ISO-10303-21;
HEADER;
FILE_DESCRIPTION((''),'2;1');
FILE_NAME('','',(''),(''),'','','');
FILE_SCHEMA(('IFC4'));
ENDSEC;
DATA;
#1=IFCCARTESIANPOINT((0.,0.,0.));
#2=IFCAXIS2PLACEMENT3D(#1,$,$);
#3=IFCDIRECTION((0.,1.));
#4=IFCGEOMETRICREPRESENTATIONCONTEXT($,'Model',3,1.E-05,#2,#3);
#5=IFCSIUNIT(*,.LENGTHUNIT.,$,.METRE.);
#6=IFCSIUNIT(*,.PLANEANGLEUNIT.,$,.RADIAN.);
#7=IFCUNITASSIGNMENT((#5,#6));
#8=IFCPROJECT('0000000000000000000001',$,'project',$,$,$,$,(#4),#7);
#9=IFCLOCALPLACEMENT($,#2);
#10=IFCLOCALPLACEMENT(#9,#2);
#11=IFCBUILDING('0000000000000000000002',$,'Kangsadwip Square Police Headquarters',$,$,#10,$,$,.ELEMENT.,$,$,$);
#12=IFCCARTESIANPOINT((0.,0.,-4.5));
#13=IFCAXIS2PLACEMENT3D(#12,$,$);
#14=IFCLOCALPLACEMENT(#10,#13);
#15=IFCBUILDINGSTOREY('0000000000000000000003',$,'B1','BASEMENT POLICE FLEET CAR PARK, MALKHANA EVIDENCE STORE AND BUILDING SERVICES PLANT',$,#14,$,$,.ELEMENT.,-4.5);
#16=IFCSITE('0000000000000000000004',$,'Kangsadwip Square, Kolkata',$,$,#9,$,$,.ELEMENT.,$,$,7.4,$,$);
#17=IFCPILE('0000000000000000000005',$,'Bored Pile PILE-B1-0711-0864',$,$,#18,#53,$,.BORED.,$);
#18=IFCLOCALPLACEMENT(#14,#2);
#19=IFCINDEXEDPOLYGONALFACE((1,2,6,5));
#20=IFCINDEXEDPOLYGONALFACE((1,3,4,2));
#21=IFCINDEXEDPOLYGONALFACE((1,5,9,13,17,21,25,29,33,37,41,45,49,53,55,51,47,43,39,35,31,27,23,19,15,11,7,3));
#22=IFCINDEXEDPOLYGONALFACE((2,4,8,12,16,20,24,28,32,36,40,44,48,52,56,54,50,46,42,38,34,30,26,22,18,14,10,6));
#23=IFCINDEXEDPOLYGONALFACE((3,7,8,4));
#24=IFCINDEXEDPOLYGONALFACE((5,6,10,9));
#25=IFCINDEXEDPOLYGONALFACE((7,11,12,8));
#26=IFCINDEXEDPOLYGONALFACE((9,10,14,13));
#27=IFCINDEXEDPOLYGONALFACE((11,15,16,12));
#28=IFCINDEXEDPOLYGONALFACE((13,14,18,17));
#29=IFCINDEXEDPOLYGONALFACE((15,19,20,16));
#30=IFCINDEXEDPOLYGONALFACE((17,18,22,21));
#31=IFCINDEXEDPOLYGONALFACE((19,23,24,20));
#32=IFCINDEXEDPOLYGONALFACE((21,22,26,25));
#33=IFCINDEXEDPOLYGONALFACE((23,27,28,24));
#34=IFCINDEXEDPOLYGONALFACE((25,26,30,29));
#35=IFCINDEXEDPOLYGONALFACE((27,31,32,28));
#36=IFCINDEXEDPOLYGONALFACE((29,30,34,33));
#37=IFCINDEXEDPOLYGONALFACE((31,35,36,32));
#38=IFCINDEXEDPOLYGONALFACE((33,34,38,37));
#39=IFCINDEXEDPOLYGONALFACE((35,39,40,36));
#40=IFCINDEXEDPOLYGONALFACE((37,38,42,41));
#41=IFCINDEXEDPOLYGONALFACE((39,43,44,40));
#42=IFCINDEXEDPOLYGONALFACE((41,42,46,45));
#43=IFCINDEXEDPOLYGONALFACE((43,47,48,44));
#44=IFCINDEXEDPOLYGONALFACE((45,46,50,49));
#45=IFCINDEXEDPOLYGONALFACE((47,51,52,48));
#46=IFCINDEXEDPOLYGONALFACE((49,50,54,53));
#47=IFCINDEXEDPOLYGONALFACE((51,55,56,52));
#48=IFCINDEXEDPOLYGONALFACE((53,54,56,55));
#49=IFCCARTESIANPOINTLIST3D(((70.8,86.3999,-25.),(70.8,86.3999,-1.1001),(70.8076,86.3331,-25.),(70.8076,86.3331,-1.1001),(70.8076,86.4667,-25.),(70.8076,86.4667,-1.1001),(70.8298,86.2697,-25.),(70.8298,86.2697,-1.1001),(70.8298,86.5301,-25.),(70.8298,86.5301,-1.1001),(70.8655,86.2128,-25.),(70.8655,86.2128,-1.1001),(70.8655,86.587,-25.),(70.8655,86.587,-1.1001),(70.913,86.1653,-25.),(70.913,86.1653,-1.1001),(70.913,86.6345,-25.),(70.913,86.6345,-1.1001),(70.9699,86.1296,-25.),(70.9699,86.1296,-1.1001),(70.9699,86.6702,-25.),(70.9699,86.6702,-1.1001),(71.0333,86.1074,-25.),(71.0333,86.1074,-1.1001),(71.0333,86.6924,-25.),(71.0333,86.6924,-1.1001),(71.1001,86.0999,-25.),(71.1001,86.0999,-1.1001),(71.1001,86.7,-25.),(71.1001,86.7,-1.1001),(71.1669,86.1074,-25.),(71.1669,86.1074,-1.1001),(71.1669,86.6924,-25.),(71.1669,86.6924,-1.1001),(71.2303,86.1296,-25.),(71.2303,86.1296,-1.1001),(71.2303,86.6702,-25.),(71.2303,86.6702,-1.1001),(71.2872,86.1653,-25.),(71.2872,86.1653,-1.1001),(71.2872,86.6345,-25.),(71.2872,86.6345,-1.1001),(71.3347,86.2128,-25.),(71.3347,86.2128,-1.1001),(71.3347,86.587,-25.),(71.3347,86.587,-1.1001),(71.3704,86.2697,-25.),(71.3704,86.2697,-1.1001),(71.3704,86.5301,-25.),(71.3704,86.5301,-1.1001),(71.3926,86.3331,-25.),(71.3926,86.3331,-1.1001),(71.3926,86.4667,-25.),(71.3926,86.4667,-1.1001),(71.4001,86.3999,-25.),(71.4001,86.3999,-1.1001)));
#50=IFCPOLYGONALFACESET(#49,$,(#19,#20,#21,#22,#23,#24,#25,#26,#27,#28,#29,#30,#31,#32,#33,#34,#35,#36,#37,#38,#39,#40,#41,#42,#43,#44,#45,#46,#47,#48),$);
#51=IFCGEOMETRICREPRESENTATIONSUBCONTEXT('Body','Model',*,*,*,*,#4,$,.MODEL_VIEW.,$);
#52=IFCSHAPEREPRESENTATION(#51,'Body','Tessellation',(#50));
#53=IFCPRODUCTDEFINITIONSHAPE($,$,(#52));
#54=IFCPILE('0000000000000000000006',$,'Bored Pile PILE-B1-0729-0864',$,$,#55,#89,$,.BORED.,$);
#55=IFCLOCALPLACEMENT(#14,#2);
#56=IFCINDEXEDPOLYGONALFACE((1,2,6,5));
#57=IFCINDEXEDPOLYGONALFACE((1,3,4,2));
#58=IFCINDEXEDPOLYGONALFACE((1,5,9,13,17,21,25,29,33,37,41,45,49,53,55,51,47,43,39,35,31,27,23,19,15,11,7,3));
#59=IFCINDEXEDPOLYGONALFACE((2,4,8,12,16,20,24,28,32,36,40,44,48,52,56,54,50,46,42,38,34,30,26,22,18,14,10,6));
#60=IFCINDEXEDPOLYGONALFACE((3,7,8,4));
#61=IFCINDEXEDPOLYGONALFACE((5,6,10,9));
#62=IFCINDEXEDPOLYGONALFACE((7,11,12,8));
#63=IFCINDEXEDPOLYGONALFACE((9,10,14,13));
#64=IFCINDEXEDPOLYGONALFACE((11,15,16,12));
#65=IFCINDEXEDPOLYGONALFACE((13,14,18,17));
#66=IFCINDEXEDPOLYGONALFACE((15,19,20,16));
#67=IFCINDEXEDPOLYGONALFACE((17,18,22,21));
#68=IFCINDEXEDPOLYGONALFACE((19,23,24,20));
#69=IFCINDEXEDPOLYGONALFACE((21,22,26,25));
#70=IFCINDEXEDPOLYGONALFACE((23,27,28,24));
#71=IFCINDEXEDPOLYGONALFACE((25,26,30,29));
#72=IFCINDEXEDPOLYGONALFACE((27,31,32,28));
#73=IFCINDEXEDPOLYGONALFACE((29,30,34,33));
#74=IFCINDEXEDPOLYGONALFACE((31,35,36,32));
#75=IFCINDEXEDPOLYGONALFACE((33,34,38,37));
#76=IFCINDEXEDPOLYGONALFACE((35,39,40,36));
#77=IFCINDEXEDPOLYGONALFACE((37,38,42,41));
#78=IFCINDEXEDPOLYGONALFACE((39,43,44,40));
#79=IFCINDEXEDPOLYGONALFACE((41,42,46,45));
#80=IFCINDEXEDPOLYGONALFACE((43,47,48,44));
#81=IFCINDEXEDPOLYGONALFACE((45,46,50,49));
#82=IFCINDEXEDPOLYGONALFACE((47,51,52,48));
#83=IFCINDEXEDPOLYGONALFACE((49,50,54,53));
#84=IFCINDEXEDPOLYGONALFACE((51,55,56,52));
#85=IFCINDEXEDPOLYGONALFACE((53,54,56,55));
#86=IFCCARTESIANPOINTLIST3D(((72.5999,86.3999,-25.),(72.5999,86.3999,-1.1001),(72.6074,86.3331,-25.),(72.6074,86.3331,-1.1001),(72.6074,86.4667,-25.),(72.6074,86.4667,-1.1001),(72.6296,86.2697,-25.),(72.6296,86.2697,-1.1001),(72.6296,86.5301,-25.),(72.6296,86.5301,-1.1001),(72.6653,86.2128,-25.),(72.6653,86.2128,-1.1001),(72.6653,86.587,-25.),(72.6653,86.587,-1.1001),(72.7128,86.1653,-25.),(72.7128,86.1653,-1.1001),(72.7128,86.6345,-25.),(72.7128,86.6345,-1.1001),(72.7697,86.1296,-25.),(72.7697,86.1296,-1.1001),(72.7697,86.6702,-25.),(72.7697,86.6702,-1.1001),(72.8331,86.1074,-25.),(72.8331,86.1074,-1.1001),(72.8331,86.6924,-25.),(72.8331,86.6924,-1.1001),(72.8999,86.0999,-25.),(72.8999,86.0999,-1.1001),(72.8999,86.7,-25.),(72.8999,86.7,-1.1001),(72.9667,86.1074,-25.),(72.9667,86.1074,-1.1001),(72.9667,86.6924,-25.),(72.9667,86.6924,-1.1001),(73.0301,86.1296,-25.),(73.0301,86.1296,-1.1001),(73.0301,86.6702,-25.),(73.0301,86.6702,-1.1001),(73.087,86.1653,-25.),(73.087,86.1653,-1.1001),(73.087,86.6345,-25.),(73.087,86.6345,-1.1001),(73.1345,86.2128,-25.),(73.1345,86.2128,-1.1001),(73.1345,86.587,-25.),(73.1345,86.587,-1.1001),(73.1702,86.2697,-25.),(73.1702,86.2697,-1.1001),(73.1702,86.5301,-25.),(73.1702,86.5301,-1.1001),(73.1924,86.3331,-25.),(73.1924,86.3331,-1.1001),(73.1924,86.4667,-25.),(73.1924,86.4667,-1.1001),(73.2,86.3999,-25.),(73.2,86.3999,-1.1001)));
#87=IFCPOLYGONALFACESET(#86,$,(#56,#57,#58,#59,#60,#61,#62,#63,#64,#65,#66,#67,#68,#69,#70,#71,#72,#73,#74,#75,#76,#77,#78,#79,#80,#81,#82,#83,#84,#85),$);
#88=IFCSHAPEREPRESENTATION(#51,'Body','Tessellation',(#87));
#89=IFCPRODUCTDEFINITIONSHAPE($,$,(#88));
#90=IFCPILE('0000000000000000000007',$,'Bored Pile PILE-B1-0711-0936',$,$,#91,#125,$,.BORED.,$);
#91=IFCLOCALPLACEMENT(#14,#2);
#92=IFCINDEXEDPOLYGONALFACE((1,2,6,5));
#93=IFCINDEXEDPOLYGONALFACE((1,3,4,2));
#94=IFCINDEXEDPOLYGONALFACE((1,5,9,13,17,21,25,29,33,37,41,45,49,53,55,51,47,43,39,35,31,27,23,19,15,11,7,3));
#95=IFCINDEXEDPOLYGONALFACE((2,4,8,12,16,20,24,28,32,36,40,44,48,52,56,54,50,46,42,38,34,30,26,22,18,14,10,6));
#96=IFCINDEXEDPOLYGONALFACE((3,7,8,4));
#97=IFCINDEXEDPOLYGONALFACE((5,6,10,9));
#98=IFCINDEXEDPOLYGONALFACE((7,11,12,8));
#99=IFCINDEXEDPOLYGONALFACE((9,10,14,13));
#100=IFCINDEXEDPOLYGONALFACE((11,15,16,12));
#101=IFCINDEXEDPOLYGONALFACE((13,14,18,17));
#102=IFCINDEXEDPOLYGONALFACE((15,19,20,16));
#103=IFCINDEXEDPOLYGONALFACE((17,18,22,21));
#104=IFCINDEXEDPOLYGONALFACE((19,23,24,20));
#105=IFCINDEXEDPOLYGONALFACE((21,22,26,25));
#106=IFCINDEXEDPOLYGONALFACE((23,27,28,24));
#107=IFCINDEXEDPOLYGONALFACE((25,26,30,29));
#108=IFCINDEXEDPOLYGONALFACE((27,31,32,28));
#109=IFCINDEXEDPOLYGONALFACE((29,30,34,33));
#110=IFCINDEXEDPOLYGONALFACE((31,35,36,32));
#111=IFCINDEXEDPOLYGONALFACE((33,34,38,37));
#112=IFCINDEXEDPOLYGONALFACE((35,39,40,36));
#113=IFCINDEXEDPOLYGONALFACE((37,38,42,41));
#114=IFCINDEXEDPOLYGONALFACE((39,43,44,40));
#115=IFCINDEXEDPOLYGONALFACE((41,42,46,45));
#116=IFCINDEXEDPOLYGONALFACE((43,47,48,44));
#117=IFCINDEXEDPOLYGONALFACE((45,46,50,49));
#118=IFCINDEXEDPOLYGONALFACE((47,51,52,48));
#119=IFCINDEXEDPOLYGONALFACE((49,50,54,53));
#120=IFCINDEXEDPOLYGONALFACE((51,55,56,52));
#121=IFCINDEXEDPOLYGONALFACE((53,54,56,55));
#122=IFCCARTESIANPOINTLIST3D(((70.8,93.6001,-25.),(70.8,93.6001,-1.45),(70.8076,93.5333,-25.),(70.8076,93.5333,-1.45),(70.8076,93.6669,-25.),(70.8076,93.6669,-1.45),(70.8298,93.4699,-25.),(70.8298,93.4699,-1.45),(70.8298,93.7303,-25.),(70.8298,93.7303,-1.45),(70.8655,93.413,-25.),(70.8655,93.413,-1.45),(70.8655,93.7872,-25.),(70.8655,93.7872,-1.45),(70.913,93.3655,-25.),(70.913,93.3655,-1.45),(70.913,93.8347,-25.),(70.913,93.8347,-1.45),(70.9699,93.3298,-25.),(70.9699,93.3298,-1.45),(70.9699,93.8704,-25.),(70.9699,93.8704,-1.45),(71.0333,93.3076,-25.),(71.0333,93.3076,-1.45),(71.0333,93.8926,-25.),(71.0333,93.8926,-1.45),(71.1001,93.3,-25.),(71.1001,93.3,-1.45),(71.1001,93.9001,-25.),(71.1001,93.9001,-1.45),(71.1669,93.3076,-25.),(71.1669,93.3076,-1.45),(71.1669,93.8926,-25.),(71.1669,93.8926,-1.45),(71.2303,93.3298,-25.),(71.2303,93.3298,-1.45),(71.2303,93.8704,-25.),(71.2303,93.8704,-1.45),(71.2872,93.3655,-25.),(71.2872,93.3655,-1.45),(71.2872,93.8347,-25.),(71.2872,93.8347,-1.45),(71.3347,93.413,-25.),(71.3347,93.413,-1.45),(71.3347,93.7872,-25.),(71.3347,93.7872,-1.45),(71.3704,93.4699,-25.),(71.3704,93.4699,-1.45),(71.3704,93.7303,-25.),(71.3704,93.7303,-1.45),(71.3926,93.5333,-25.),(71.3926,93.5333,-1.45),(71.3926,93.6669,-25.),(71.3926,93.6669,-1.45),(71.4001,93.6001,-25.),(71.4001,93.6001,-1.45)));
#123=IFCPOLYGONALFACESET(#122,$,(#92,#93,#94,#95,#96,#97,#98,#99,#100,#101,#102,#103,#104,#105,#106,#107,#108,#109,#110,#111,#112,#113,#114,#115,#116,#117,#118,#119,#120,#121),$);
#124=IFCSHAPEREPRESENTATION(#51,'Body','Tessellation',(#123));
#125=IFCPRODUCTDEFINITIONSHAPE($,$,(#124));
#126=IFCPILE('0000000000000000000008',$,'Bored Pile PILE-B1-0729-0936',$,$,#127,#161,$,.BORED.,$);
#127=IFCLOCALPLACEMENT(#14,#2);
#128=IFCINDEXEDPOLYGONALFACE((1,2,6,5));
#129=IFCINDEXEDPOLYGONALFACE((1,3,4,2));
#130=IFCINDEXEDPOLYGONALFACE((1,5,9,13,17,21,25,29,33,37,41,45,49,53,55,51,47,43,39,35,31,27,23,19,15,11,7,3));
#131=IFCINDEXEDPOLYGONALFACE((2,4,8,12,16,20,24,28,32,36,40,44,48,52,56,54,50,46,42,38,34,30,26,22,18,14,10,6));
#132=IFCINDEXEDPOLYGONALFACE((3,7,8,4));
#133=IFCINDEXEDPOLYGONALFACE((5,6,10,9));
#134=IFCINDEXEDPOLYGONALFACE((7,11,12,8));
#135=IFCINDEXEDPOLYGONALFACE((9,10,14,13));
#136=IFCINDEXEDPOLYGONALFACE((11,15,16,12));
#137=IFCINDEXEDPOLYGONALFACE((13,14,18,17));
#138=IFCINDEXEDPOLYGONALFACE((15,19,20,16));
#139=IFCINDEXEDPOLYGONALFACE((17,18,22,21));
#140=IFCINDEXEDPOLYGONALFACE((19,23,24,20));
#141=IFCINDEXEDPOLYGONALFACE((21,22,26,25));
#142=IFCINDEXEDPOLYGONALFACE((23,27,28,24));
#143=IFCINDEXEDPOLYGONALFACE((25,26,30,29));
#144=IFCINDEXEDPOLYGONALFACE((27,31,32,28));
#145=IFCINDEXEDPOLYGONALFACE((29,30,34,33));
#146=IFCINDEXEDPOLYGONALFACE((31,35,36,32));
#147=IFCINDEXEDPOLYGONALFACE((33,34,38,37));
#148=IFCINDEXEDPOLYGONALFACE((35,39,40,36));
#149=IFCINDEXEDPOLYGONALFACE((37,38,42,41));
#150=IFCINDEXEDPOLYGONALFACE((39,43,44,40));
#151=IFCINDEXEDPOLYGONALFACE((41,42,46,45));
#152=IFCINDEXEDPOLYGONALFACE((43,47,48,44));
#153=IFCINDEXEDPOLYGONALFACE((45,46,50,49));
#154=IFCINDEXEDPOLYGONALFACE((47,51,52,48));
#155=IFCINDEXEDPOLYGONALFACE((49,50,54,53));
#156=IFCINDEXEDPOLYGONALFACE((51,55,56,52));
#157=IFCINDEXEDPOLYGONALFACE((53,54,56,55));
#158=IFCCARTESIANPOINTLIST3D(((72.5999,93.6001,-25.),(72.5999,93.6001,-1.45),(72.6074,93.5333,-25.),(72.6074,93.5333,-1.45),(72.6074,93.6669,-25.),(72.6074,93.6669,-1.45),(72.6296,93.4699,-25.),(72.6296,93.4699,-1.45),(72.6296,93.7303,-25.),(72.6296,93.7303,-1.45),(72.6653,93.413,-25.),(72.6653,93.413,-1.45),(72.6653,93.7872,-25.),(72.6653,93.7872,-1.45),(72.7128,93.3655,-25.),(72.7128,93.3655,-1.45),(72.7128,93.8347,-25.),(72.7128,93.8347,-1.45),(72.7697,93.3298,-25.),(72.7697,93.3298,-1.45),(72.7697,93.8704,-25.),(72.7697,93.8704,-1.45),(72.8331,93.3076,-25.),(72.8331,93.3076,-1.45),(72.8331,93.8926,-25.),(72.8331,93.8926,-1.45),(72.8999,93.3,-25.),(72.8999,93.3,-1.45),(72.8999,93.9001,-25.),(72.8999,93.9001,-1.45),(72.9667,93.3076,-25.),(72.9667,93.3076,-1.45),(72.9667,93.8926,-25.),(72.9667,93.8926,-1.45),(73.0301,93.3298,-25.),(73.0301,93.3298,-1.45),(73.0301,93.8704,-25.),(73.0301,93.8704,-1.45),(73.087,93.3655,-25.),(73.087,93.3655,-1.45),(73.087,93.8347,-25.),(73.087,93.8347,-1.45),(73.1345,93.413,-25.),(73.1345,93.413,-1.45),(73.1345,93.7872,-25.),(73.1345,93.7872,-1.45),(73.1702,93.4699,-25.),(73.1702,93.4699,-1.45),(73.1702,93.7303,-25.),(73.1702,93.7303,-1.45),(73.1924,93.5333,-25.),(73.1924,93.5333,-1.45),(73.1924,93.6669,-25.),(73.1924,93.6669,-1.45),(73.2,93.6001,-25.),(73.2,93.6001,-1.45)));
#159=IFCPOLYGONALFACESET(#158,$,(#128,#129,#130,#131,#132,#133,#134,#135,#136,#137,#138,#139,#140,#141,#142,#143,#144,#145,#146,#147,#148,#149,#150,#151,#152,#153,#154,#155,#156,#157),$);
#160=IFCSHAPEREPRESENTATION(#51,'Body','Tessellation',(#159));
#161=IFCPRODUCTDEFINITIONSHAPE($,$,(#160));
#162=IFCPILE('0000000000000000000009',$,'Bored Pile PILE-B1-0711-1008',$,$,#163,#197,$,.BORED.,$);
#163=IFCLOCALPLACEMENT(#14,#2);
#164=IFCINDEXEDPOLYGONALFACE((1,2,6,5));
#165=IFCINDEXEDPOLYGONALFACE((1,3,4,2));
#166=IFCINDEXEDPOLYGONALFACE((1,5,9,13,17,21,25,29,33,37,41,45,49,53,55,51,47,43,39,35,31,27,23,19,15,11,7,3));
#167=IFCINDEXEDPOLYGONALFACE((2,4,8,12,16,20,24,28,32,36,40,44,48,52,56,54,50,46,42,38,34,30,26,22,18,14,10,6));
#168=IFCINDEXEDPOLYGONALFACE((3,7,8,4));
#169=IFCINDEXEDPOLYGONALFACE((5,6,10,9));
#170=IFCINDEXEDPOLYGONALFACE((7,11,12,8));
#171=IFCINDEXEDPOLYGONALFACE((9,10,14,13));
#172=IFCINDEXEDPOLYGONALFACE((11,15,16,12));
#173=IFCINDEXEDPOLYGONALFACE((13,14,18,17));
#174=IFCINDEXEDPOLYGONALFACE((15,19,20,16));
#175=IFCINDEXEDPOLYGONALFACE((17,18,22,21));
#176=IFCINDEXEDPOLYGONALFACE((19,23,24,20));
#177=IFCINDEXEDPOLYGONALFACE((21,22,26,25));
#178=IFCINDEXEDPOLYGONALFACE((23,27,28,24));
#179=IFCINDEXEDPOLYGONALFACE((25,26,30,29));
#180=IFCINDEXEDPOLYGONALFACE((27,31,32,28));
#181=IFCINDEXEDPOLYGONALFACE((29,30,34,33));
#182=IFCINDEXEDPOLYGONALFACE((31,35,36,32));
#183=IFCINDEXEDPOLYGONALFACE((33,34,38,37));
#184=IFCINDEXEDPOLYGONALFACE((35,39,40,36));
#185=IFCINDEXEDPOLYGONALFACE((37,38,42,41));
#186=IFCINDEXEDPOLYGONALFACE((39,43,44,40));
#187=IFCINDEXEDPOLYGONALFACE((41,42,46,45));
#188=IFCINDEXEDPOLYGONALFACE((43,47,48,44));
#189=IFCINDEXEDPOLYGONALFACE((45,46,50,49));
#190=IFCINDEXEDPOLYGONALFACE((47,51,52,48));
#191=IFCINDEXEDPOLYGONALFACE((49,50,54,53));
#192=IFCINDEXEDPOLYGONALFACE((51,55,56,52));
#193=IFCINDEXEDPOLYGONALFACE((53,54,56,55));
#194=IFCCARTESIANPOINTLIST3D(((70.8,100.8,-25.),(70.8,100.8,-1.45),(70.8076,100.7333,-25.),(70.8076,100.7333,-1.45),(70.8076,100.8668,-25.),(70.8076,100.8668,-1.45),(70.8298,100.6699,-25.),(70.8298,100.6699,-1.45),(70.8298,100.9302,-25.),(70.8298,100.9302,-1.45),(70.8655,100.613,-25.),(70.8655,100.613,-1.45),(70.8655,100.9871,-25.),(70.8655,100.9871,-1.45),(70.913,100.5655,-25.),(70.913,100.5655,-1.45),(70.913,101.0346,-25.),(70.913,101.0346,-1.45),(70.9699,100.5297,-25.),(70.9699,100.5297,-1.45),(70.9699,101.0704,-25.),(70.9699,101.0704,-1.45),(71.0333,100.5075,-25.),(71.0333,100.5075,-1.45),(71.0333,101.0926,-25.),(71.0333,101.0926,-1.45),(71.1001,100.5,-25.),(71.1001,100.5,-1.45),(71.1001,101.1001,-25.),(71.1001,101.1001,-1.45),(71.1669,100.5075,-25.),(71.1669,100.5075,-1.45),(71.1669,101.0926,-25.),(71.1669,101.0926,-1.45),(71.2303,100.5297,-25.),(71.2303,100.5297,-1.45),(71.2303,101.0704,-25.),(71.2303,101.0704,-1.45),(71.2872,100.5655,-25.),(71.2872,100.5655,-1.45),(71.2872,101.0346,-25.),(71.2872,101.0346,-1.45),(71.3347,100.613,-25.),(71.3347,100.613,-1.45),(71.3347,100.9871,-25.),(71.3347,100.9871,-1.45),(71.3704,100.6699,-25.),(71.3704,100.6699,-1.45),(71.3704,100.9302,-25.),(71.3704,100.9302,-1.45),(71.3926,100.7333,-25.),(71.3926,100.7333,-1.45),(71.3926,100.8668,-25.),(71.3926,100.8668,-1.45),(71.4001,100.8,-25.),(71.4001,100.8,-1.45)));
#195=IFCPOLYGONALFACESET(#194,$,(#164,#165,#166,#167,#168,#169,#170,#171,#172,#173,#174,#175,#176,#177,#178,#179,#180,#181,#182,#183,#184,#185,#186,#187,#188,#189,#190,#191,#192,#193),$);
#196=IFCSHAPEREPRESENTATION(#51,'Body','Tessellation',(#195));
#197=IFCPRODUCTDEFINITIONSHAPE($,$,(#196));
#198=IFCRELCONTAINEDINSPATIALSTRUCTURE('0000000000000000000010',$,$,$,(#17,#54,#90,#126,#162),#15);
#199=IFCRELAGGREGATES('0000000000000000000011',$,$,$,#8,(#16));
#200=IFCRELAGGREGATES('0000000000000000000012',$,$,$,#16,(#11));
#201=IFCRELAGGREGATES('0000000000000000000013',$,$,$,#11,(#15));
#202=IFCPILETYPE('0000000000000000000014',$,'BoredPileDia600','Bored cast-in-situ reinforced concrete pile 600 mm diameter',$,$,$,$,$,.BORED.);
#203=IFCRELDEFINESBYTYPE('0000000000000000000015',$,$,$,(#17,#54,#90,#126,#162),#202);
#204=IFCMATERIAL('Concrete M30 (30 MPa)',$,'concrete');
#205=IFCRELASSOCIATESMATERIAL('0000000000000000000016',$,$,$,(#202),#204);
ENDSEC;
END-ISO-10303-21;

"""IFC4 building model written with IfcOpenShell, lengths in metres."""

from ifc_helpers import new_model, si_unit, direction, frame, origin, origin_2d, place, context, subcontext, project, spatial, circle, extrude, material, material_profile, profile_set, type_object, element, save


model = new_model("IFC4")

# Units and contexts
model_context = context("Model", 3, precision=1e-05, world=origin(), true_north=direction((0.0, 1.0)))
body_context = subcontext(model_context, "Body", "Model", "MODEL_VIEW")
ifc_project = project(units=[si_unit("LENGTHUNIT", "METRE"), si_unit("PLANEANGLEUNIT", "RADIAN")], contexts=[model_context])

# Site, building, storey
site_placement = place(None, origin())
site = spatial("IfcSite", under=ifc_project, at=site_placement, Name="Kangsadwip Square, Kolkata", CompositionType="ELEMENT", RefElevation=7.4)
building_placement = place(site_placement, origin())
building = spatial("IfcBuilding", under=site, at=building_placement, Name="Kangsadwip Square Police Headquarters", CompositionType="ELEMENT")
storey_placement = place(building_placement, frame((0.0, 0.0, -4.5)))
storey = spatial("IfcBuildingStorey", under=building, at=storey_placement, Name="B1", Description="BASEMENT POLICE FLEET CAR PARK, MALKHANA EVIDENCE STORE AND BUILDING SERVICES PLANT", CompositionType="ELEMENT", Elevation=-4.5)

# Piles
ifc_material_1 = material(Name="Concrete M30 (30 MPa)", Category="concrete")
ifc_material_profile_1 = material_profile(ifc_material_1, circle(Radius=0.3, at=origin_2d()), Name="PILE DIA 600")
ifc_profile_set_1 = profile_set([ifc_material_profile_1], Name="Concrete M30 (30 MPa)")
pile_type = type_object("IfcPileType", Name="BoredPileDia600", Description="Bored cast-in-situ reinforced concrete pile 600 mm diameter", PredefinedType="BORED", material=ifc_profile_set_1)
for number, where, z_axis, x_axis, name in (
    (1, (71.1001, 86.3999, -1.1001), (0.0, 0.0, -1.0), (1.0, 0.0, 0.0), "Bored Pile PILE-B1-0711-0864"),
    (2, (72.8999, 86.3999, -1.1001), (0.0, 0.0, -1.0), (1.0, 0.0, 0.0), "Bored Pile PILE-B1-0729-0864"),
):
    element("IfcPile", number, at=place(storey_placement, frame(where, z_axis=z_axis, x_axis=x_axis)), inside=storey, type_object=pile_type, Name=name, PredefinedType="BORED", context=body_context, shape_type="SweptSolid", body=[
        extrude(circle(Radius=0.3, at=origin_2d()), origin(), (0.0, 0.0, 1.0), 23.8999),
    ])
for number, where, z_axis, x_axis, name in (
    (3, (71.1001, 93.6001, -1.45), (0.0, 0.0, -1.0), (1.0, 0.0, 0.0), "Bored Pile PILE-B1-0711-0936"),
    (4, (72.8999, 93.6001, -1.45), (0.0, 0.0, -1.0), (1.0, 0.0, 0.0), "Bored Pile PILE-B1-0729-0936"),
    (5, (71.1001, 100.8, -1.45), (0.0, 0.0, -1.0), (1.0, 0.0, 0.0), "Bored Pile PILE-B1-0711-1008"),
):
    element("IfcPile", number, at=place(storey_placement, frame(where, z_axis=z_axis, x_axis=x_axis)), inside=storey, type_object=pile_type, Name=name, PredefinedType="BORED", context=body_context, shape_type="SweptSolid", body=[
        extrude(circle(Radius=0.3, at=origin_2d()), origin(), (0.0, 0.0, 1.0), 23.55),
    ])

save(model, "model.ifc")
